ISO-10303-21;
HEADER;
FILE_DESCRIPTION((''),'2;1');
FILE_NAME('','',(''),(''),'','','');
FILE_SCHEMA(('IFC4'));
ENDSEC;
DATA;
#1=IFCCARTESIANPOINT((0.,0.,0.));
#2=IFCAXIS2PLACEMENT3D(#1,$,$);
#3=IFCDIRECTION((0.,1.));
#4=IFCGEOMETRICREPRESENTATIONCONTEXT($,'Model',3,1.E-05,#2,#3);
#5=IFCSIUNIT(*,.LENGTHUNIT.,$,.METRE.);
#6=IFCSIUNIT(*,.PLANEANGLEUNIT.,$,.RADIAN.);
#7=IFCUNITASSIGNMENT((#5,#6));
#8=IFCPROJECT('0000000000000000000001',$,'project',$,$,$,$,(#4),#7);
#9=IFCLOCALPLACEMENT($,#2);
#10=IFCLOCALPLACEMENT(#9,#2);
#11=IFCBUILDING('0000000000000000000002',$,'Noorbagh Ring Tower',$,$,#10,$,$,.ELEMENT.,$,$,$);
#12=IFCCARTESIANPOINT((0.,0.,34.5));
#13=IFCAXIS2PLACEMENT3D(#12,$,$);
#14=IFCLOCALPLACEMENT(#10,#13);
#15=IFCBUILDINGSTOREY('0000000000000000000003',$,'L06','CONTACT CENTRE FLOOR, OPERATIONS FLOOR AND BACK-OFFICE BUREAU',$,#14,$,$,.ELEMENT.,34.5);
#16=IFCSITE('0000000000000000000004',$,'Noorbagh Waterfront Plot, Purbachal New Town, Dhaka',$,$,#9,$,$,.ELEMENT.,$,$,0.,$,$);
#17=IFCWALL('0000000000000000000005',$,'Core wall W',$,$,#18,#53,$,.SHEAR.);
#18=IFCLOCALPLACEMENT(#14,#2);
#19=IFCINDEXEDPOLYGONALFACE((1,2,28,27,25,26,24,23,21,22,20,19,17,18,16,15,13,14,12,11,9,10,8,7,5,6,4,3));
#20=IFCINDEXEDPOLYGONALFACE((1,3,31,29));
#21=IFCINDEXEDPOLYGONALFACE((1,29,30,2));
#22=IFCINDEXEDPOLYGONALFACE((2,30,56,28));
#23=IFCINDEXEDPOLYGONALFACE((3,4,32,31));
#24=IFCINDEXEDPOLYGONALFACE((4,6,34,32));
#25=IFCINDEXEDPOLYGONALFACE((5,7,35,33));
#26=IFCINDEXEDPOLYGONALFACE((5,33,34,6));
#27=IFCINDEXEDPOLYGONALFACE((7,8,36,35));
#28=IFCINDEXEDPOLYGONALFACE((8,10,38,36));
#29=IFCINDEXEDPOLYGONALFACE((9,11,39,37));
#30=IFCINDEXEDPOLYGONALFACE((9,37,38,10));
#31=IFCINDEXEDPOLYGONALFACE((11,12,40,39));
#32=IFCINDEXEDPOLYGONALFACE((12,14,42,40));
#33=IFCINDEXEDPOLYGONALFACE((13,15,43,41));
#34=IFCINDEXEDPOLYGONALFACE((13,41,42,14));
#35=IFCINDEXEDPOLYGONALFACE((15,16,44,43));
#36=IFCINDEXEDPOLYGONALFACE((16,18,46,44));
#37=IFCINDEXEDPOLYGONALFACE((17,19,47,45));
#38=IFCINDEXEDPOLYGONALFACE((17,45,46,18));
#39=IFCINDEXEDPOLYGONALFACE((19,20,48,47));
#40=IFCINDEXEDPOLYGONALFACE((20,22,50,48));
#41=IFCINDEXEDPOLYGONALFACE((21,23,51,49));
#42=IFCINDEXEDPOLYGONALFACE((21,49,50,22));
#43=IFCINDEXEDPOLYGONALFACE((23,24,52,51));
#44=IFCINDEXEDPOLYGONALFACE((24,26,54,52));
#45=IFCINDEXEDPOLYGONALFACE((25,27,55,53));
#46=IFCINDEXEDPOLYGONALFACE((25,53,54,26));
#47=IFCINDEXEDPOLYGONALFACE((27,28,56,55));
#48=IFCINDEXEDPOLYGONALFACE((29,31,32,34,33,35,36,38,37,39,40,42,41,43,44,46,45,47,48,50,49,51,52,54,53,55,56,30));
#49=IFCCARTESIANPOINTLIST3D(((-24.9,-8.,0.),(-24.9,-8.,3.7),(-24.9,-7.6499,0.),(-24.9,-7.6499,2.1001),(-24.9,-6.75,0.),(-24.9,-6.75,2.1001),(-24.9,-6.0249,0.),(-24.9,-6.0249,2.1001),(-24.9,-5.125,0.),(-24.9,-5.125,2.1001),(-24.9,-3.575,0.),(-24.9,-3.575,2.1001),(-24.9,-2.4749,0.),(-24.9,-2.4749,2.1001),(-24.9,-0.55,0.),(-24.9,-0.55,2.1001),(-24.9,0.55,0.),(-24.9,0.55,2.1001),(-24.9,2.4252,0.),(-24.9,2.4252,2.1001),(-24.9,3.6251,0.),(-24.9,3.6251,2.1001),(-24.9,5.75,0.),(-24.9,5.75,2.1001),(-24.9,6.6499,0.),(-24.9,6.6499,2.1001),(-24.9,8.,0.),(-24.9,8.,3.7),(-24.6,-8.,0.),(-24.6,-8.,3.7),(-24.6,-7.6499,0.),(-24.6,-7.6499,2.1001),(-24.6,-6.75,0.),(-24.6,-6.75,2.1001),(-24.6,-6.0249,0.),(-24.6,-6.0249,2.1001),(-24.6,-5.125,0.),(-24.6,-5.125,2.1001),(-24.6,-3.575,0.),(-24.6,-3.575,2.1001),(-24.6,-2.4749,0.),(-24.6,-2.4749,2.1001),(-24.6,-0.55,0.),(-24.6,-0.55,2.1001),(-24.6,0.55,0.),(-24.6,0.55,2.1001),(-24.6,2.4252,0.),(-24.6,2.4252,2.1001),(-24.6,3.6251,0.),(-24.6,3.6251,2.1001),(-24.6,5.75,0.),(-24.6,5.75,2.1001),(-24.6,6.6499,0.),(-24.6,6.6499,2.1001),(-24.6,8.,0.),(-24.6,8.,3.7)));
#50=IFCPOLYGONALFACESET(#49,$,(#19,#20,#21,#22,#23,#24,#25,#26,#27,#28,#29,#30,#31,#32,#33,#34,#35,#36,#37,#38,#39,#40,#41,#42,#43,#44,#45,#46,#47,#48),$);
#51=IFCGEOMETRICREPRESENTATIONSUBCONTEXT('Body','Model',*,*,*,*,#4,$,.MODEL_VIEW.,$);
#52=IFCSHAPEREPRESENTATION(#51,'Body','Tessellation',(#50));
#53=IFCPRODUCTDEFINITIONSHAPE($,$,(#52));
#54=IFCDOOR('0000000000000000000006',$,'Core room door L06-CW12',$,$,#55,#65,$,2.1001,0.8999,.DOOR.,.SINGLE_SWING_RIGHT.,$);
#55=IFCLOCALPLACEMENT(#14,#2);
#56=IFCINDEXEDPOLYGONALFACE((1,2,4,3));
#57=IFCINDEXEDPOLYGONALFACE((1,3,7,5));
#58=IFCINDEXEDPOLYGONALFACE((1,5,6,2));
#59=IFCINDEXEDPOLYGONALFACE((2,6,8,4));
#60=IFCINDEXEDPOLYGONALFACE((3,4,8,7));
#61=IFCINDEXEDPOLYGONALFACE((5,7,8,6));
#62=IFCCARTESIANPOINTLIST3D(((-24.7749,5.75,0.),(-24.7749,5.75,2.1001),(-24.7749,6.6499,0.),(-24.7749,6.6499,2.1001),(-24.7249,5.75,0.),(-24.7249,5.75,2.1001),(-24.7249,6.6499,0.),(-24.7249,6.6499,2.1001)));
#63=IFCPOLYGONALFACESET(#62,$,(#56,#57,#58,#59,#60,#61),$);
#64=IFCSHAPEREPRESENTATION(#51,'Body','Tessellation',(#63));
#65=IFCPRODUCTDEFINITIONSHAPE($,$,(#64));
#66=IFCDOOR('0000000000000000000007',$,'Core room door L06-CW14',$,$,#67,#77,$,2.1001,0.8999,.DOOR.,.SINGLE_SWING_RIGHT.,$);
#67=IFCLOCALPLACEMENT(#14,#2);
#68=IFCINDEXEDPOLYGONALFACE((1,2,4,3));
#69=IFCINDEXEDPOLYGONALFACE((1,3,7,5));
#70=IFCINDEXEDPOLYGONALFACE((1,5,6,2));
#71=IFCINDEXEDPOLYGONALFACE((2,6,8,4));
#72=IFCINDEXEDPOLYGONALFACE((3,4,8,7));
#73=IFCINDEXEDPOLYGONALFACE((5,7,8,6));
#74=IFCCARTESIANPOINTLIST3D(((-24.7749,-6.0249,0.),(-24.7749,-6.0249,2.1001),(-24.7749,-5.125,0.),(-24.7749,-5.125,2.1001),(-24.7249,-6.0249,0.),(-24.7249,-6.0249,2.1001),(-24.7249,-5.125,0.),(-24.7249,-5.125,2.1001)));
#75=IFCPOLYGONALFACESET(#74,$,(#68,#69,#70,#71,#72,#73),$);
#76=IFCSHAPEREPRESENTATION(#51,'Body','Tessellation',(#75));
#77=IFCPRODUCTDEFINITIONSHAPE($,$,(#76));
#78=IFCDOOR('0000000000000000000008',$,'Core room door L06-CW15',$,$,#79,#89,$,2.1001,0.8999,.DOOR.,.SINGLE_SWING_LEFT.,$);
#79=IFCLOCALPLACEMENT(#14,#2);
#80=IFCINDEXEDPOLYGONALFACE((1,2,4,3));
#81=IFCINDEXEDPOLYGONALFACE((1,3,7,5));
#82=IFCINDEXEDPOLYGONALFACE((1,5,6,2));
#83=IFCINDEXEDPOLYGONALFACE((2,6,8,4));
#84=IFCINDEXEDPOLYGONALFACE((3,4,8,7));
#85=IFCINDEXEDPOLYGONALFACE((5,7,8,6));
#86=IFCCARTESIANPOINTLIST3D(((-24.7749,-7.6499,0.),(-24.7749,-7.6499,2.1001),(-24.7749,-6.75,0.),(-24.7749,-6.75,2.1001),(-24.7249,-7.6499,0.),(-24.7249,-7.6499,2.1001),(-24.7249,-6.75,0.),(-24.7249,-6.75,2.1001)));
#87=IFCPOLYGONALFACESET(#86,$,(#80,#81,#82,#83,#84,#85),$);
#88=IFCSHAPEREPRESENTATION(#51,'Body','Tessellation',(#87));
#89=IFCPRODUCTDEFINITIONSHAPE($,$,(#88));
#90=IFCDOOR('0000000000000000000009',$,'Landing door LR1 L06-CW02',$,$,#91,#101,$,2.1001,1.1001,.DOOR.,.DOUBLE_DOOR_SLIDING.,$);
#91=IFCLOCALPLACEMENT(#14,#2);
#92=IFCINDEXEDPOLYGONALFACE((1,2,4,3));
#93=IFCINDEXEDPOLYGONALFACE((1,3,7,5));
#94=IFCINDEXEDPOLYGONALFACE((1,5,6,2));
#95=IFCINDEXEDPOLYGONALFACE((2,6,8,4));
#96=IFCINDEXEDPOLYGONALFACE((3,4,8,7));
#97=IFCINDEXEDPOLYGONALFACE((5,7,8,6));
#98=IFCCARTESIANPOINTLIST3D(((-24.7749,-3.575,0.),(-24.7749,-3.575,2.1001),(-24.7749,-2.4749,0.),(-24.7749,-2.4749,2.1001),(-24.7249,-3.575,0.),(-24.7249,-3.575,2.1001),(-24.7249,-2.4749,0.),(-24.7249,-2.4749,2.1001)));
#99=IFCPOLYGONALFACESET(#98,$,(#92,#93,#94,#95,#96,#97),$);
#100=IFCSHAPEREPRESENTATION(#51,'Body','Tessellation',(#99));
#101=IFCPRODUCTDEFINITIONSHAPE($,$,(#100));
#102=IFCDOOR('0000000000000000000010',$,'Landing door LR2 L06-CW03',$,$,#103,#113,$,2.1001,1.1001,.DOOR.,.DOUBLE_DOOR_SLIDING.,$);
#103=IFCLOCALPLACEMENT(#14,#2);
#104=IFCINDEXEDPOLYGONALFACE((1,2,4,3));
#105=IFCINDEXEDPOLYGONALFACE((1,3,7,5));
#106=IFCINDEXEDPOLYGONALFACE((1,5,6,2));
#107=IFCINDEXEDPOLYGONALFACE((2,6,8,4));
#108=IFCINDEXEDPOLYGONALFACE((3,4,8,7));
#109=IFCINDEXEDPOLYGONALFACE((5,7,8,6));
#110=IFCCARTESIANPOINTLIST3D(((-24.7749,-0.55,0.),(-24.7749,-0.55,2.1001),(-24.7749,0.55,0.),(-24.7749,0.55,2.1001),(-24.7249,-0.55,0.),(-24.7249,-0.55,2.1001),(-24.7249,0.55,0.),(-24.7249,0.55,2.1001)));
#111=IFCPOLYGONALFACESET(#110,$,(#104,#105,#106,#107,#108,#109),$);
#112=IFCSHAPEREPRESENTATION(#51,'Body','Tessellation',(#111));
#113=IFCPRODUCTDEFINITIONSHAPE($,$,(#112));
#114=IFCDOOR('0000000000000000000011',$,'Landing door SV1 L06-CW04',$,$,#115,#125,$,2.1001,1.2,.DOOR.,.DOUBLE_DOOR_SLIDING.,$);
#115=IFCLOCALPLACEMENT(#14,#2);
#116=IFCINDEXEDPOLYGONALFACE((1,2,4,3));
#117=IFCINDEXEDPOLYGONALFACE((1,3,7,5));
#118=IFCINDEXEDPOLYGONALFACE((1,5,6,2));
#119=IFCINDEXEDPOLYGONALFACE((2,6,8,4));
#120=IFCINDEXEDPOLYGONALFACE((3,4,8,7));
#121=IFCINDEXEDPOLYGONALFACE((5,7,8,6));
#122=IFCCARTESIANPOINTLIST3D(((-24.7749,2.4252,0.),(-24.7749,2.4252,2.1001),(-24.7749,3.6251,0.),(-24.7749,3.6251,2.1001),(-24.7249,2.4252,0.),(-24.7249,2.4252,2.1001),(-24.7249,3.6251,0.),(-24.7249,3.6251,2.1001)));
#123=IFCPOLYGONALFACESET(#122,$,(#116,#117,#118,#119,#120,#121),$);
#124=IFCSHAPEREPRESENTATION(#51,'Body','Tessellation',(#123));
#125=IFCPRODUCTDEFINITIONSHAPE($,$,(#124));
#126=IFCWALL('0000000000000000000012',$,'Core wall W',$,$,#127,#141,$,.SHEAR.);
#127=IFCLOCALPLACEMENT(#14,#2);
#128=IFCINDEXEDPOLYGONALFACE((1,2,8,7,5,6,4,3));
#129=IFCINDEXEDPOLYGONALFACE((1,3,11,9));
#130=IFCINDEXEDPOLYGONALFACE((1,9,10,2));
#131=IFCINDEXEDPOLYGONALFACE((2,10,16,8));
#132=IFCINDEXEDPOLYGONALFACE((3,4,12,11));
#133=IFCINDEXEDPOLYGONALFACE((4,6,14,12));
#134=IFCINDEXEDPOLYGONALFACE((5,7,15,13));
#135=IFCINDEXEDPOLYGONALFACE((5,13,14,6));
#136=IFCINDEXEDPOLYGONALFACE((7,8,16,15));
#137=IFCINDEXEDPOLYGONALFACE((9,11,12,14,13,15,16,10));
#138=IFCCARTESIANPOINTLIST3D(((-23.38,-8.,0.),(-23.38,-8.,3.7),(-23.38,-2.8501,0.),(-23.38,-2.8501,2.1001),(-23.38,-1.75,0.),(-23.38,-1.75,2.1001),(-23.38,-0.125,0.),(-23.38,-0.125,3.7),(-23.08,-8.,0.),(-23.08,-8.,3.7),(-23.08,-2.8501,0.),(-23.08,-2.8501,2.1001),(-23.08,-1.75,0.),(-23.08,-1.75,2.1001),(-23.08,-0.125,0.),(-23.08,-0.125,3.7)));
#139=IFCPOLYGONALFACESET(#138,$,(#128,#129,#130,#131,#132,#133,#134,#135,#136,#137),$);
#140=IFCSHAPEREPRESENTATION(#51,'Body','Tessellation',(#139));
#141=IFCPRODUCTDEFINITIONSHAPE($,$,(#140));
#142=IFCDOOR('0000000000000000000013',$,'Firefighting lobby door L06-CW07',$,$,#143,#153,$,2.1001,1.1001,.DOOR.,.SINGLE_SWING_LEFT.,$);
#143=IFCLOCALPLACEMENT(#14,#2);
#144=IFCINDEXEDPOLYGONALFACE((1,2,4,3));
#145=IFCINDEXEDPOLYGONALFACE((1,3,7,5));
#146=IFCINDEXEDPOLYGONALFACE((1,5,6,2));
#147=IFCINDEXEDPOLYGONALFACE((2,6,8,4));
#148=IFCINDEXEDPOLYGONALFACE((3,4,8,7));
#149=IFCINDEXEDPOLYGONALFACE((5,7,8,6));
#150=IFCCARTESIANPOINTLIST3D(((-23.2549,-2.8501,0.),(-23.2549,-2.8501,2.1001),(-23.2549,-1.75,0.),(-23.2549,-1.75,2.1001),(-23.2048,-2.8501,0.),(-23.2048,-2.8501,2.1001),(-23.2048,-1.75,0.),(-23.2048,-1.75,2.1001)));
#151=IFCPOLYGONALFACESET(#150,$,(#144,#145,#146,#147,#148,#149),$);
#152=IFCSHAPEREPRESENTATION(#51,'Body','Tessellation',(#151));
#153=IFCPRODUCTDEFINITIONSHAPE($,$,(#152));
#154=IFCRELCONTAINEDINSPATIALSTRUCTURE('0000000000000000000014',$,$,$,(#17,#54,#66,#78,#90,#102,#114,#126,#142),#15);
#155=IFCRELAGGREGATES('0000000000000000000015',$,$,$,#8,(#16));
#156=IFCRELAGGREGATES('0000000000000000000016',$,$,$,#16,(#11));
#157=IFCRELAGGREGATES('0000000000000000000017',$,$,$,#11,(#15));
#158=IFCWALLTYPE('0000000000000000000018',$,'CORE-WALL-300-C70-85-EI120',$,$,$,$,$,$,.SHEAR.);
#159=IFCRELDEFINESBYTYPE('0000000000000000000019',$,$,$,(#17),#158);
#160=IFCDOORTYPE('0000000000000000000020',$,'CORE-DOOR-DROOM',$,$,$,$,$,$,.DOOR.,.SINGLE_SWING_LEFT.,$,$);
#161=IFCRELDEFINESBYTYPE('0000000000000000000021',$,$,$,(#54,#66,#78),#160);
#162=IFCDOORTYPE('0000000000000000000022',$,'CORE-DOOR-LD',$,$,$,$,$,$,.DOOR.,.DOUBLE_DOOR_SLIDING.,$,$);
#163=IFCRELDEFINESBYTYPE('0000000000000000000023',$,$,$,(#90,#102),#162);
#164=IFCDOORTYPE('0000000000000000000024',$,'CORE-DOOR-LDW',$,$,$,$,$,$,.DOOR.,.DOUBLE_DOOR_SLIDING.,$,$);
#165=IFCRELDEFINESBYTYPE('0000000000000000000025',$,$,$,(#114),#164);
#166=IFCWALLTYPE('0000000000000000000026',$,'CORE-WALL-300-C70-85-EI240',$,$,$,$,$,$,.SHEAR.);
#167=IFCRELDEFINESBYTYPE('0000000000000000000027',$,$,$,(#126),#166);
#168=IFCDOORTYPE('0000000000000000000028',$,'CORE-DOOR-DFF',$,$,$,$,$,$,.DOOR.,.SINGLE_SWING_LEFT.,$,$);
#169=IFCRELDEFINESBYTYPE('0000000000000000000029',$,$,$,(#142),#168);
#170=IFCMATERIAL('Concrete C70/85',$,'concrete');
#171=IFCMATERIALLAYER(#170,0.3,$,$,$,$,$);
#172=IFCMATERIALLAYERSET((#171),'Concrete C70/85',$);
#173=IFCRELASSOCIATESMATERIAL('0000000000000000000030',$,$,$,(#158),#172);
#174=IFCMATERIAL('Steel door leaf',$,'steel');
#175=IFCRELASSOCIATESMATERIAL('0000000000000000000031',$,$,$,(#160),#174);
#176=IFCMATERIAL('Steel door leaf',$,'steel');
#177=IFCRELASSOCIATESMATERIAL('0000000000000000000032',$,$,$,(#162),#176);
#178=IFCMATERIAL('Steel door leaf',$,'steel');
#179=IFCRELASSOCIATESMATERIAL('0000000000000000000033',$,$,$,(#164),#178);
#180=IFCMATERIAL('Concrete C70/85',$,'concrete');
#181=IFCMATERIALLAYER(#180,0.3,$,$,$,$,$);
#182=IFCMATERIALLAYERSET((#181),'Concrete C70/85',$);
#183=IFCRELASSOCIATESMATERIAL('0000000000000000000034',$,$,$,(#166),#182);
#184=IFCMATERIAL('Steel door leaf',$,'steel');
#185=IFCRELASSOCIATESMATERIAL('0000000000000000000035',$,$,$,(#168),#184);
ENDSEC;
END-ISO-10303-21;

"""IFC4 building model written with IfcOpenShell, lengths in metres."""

from ifc_helpers import new_model, si_unit, direction, frame, frame_2d, origin, place, context, subcontext, project, spatial, rectangle, extrude, material, layer, layer_set, type_object, element, fill, save


model = new_model("IFC4")

# Units and contexts
model_context = context("Model", 3, precision=1e-05, world=origin(), true_north=direction((0.0, 1.0)))
body_context = subcontext(model_context, "Body", "Model", "MODEL_VIEW")
ifc_project = project(units=[si_unit("LENGTHUNIT", "METRE"), si_unit("PLANEANGLEUNIT", "RADIAN")], contexts=[model_context])

# Site, building, storey
site_placement = place(None, origin())
site = spatial("IfcSite", under=ifc_project, at=site_placement, Name="Noorbagh Waterfront Plot, Purbachal New Town, Dhaka", CompositionType="ELEMENT", RefElevation=0.0)
building_placement = place(site_placement, origin())
building = spatial("IfcBuilding", under=site, at=building_placement, Name="Noorbagh Ring Tower", CompositionType="ELEMENT")
storey_placement = place(building_placement, frame((0.0, 0.0, 34.5)))
storey = spatial("IfcBuildingStorey", under=building, at=storey_placement, Name="L06", Description="CONTACT CENTRE FLOOR, OPERATIONS FLOOR AND BACK-OFFICE BUREAU", CompositionType="ELEMENT", Elevation=34.5)

# Wall, openings, doors
ifc_material_1 = material(Name="Concrete C70/85", Category="concrete")
ifc_layer_1 = layer(ifc_material_1, 0.3)
ifc_layer_set_1 = layer_set([ifc_layer_1], Name="Concrete C70/85")
wall_type_1 = type_object("IfcWallType", Name="CORE-WALL-300-C70-85-EI120", PredefinedType="SHEAR", material=ifc_layer_set_1)
wall_1_placement = place(storey_placement, frame((-24.75, -8.0, 0.0), z_axis=(0.0, 0.0, 1.0), x_axis=(0.0, 1.0, 0.0)))
wall_1 = element("IfcWall", 1, at=wall_1_placement, inside=storey, type_object=wall_type_1, Name="Core wall W", PredefinedType="SHEAR", context=body_context, shape_type="SweptSolid", body=[
    extrude(rectangle(XDim=16.0, YDim=0.3, at=frame_2d((8.0, 0.0))), origin(), (0.0, 0.0, 1.0), 3.7),
])
opening_1_placement = place(wall_1_placement, frame((4.425, 0.0, 0.0)))
opening_1 = element("IfcOpeningElement", 2, at=opening_1_placement, cuts=wall_1, PredefinedType="OPENING", context=body_context, shape_type="SweptSolid", body=[
    extrude(rectangle(XDim=1.1001, YDim=2.1001, at=frame_2d((0.55, 1.05))), frame((0.0, 0.1602, 0.0), z_axis=(0.0, -1.0, 0.0), x_axis=(1.0, 0.0, 0.0)), (0.0, 0.0, 1.0), 0.3201),
])
opening_2_placement = place(wall_1_placement, frame((7.45, 0.0, 0.0)))
opening_2 = element("IfcOpeningElement", 3, at=opening_2_placement, cuts=wall_1, PredefinedType="OPENING", context=body_context, shape_type="SweptSolid", body=[
    extrude(rectangle(XDim=1.1001, YDim=2.1001, at=frame_2d((0.55, 1.05))), frame((0.0, 0.1602, 0.0), z_axis=(0.0, -1.0, 0.0), x_axis=(1.0, 0.0, 0.0)), (0.0, 0.0, 1.0), 0.3201),
])
opening_3_placement = place(wall_1_placement, frame((10.425, 0.0, 0.0)))
opening_3 = element("IfcOpeningElement", 4, at=opening_3_placement, cuts=wall_1, PredefinedType="OPENING", context=body_context, shape_type="SweptSolid", body=[
    extrude(rectangle(XDim=1.2, YDim=2.1001, at=frame_2d((0.6001, 1.05))), frame((0.0, 0.1602, 0.0), z_axis=(0.0, -1.0, 0.0), x_axis=(1.0, 0.0, 0.0)), (0.0, 0.0, 1.0), 0.3201),
])
opening_4_placement = place(wall_1_placement, frame((13.75, 0.0, 0.0)))
opening_4 = element("IfcOpeningElement", 5, at=opening_4_placement, cuts=wall_1, PredefinedType="OPENING", context=body_context, shape_type="SweptSolid", body=[
    extrude(rectangle(XDim=0.8999, YDim=2.1001, at=frame_2d((0.45, 1.05))), frame((0.0, 0.1602, 0.0), z_axis=(0.0, -1.0, 0.0), x_axis=(1.0, 0.0, 0.0)), (0.0, 0.0, 1.0), 0.3201),
])
opening_5_placement = place(wall_1_placement, frame((1.9751, 0.0, 0.0)))
opening_5 = element("IfcOpeningElement", 6, at=opening_5_placement, cuts=wall_1, PredefinedType="OPENING", context=body_context, shape_type="SweptSolid", body=[
    extrude(rectangle(XDim=0.8999, YDim=2.1001, at=frame_2d((0.45, 1.05))), frame((0.0, 0.1602, 0.0), z_axis=(0.0, -1.0, 0.0), x_axis=(1.0, 0.0, 0.0)), (0.0, 0.0, 1.0), 0.3201),
])
opening_6_placement = place(wall_1_placement, frame((0.3501, 0.0, 0.0)))
opening_6 = element("IfcOpeningElement", 7, at=opening_6_placement, cuts=wall_1, PredefinedType="OPENING", context=body_context, shape_type="SweptSolid", body=[
    extrude(rectangle(XDim=0.8999, YDim=2.1001, at=frame_2d((0.45, 1.05))), frame((0.0, 0.1602, 0.0), z_axis=(0.0, -1.0, 0.0), x_axis=(1.0, 0.0, 0.0)), (0.0, 0.0, 1.0), 0.3201),
])
ifc_material_2 = material(Name="Steel door leaf", Category="steel")
door_type_1 = type_object("IfcDoorType", Name="CORE-DOOR-DROOM", OperationType="SINGLE_SWING_LEFT", PredefinedType="DOOR", material=ifc_material_2)
door_1_placement = place(opening_4_placement, origin())
door_1 = element("IfcDoor", 8, at=door_1_placement, inside=storey, type_object=door_type_1, Name="Core room door L06-CW12", OperationType="SINGLE_SWING_RIGHT", OverallHeight=2.1001, OverallWidth=0.8999, PredefinedType="DOOR", context=body_context, shape_type="SweptSolid", body=[
    extrude(rectangle(XDim=0.8999, YDim=2.1001, at=frame_2d((0.45, 1.05))), frame((0.0, 0.0249, 0.0), z_axis=(0.0, -1.0, 0.0), x_axis=(1.0, 0.0, 0.0)), (0.0, 0.0, 1.0), 0.05),
])
fill(opening_4, door_1)
door_2_placement = place(opening_5_placement, origin())
door_2 = element("IfcDoor", 9, at=door_2_placement, inside=storey, type_object=door_type_1, Name="Core room door L06-CW14", OperationType="SINGLE_SWING_RIGHT", OverallHeight=2.1001, OverallWidth=0.8999, PredefinedType="DOOR", context=body_context, shape_type="SweptSolid", body=[
    extrude(rectangle(XDim=0.8999, YDim=2.1001, at=frame_2d((0.45, 1.05))), frame((0.0, 0.0249, 0.0), z_axis=(0.0, -1.0, 0.0), x_axis=(1.0, 0.0, 0.0)), (0.0, 0.0, 1.0), 0.05),
])
fill(opening_5, door_2)
door_3_placement = place(opening_6_placement, origin())
door_3 = element("IfcDoor", 10, at=door_3_placement, inside=storey, type_object=door_type_1, Name="Core room door L06-CW15", OperationType="SINGLE_SWING_LEFT", OverallHeight=2.1001, OverallWidth=0.8999, PredefinedType="DOOR", context=body_context, shape_type="SweptSolid", body=[
    extrude(rectangle(XDim=0.8999, YDim=2.1001, at=frame_2d((0.45, 1.05))), frame((0.0, 0.0249, 0.0), z_axis=(0.0, -1.0, 0.0), x_axis=(1.0, 0.0, 0.0)), (0.0, 0.0, 1.0), 0.05),
])
fill(opening_6, door_3)
ifc_material_3 = material(Name="Steel door leaf", Category="steel")
door_type_2 = type_object("IfcDoorType", Name="CORE-DOOR-LD", OperationType="DOUBLE_DOOR_SLIDING", PredefinedType="DOOR", material=ifc_material_3)
door_4_placement = place(opening_1_placement, origin())
door_4 = element("IfcDoor", 11, at=door_4_placement, inside=storey, type_object=door_type_2, Name="Landing door LR1 L06-CW02", OperationType="DOUBLE_DOOR_SLIDING", OverallHeight=2.1001, OverallWidth=1.1001, PredefinedType="DOOR", context=body_context, shape_type="SweptSolid", body=[
    extrude(rectangle(XDim=1.1001, YDim=2.1001, at=frame_2d((0.55, 1.05))), frame((0.0, 0.0249, 0.0), z_axis=(0.0, -1.0, 0.0), x_axis=(1.0, 0.0, 0.0)), (0.0, 0.0, 1.0), 0.05),
])
fill(opening_1, door_4)
door_5_placement = place(opening_2_placement, origin())
door_5 = element("IfcDoor", 12, at=door_5_placement, inside=storey, type_object=door_type_2, Name="Landing door LR2 L06-CW03", OperationType="DOUBLE_DOOR_SLIDING", OverallHeight=2.1001, OverallWidth=1.1001, PredefinedType="DOOR", context=body_context, shape_type="SweptSolid", body=[
    extrude(rectangle(XDim=1.1001, YDim=2.1001, at=frame_2d((0.55, 1.05))), frame((0.0, 0.0249, 0.0), z_axis=(0.0, -1.0, 0.0), x_axis=(1.0, 0.0, 0.0)), (0.0, 0.0, 1.0), 0.05),
])
fill(opening_2, door_5)
ifc_material_4 = material(Name="Steel door leaf", Category="steel")
door_type_3 = type_object("IfcDoorType", Name="CORE-DOOR-LDW", OperationType="DOUBLE_DOOR_SLIDING", PredefinedType="DOOR", material=ifc_material_4)
door_6_placement = place(opening_3_placement, origin())
door_6 = element("IfcDoor", 13, at=door_6_placement, inside=storey, type_object=door_type_3, Name="Landing door SV1 L06-CW04", OperationType="DOUBLE_DOOR_SLIDING", OverallHeight=2.1001, OverallWidth=1.2, PredefinedType="DOOR", context=body_context, shape_type="SweptSolid", body=[
    extrude(rectangle(XDim=1.2, YDim=2.1001, at=frame_2d((0.6001, 1.05))), frame((0.0, 0.0249, 0.0), z_axis=(0.0, -1.0, 0.0), x_axis=(1.0, 0.0, 0.0)), (0.0, 0.0, 1.0), 0.05),
])
fill(opening_3, door_6)

# Wall, opening, door
ifc_material_5 = material(Name="Concrete C70/85", Category="concrete")
ifc_layer_2 = layer(ifc_material_5, 0.3)
ifc_layer_set_2 = layer_set([ifc_layer_2], Name="Concrete C70/85")
wall_type_2 = type_object("IfcWallType", Name="CORE-WALL-300-C70-85-EI240", PredefinedType="SHEAR", material=ifc_layer_set_2)
wall_2_placement = place(storey_placement, frame((-23.23, -8.0, 0.0), z_axis=(0.0, 0.0, 1.0), x_axis=(0.0, 1.0, 0.0)))
wall_2 = element("IfcWall", 14, at=wall_2_placement, inside=storey, type_object=wall_type_2, Name="Core wall W", PredefinedType="SHEAR", context=body_context, shape_type="SweptSolid", body=[
    extrude(rectangle(XDim=7.875, YDim=0.3, at=frame_2d((3.9375, 0.0))), origin(), (0.0, 0.0, 1.0), 3.7),
])
opening_7_placement = place(wall_2_placement, frame((5.1499, 0.0, 0.0)))
opening_7 = element("IfcOpeningElement", 15, at=opening_7_placement, cuts=wall_2, PredefinedType="OPENING", context=body_context, shape_type="SweptSolid", body=[
    extrude(rectangle(XDim=1.1001, YDim=2.1001, at=frame_2d((0.55, 1.05))), frame((0.0, 0.1602, 0.0), z_axis=(0.0, -1.0, 0.0), x_axis=(1.0, 0.0, 0.0)), (0.0, 0.0, 1.0), 0.3201),
])
ifc_material_6 = material(Name="Steel door leaf", Category="steel")
door_type_4 = type_object("IfcDoorType", Name="CORE-DOOR-DFF", OperationType="SINGLE_SWING_LEFT", PredefinedType="DOOR", material=ifc_material_6)
door_7_placement = place(opening_7_placement, origin())
door_7 = element("IfcDoor", 16, at=door_7_placement, inside=storey, type_object=door_type_4, Name="Firefighting lobby door L06-CW07", OperationType="SINGLE_SWING_LEFT", OverallHeight=2.1001, OverallWidth=1.1001, PredefinedType="DOOR", context=body_context, shape_type="SweptSolid", body=[
    extrude(rectangle(XDim=1.1001, YDim=2.1001, at=frame_2d((0.55, 1.05))), frame((0.0, 0.0249, 0.0), z_axis=(0.0, -1.0, 0.0), x_axis=(1.0, 0.0, 0.0)), (0.0, 0.0, 1.0), 0.05),
])
fill(opening_7, door_7)

save(model, "model.ifc")
